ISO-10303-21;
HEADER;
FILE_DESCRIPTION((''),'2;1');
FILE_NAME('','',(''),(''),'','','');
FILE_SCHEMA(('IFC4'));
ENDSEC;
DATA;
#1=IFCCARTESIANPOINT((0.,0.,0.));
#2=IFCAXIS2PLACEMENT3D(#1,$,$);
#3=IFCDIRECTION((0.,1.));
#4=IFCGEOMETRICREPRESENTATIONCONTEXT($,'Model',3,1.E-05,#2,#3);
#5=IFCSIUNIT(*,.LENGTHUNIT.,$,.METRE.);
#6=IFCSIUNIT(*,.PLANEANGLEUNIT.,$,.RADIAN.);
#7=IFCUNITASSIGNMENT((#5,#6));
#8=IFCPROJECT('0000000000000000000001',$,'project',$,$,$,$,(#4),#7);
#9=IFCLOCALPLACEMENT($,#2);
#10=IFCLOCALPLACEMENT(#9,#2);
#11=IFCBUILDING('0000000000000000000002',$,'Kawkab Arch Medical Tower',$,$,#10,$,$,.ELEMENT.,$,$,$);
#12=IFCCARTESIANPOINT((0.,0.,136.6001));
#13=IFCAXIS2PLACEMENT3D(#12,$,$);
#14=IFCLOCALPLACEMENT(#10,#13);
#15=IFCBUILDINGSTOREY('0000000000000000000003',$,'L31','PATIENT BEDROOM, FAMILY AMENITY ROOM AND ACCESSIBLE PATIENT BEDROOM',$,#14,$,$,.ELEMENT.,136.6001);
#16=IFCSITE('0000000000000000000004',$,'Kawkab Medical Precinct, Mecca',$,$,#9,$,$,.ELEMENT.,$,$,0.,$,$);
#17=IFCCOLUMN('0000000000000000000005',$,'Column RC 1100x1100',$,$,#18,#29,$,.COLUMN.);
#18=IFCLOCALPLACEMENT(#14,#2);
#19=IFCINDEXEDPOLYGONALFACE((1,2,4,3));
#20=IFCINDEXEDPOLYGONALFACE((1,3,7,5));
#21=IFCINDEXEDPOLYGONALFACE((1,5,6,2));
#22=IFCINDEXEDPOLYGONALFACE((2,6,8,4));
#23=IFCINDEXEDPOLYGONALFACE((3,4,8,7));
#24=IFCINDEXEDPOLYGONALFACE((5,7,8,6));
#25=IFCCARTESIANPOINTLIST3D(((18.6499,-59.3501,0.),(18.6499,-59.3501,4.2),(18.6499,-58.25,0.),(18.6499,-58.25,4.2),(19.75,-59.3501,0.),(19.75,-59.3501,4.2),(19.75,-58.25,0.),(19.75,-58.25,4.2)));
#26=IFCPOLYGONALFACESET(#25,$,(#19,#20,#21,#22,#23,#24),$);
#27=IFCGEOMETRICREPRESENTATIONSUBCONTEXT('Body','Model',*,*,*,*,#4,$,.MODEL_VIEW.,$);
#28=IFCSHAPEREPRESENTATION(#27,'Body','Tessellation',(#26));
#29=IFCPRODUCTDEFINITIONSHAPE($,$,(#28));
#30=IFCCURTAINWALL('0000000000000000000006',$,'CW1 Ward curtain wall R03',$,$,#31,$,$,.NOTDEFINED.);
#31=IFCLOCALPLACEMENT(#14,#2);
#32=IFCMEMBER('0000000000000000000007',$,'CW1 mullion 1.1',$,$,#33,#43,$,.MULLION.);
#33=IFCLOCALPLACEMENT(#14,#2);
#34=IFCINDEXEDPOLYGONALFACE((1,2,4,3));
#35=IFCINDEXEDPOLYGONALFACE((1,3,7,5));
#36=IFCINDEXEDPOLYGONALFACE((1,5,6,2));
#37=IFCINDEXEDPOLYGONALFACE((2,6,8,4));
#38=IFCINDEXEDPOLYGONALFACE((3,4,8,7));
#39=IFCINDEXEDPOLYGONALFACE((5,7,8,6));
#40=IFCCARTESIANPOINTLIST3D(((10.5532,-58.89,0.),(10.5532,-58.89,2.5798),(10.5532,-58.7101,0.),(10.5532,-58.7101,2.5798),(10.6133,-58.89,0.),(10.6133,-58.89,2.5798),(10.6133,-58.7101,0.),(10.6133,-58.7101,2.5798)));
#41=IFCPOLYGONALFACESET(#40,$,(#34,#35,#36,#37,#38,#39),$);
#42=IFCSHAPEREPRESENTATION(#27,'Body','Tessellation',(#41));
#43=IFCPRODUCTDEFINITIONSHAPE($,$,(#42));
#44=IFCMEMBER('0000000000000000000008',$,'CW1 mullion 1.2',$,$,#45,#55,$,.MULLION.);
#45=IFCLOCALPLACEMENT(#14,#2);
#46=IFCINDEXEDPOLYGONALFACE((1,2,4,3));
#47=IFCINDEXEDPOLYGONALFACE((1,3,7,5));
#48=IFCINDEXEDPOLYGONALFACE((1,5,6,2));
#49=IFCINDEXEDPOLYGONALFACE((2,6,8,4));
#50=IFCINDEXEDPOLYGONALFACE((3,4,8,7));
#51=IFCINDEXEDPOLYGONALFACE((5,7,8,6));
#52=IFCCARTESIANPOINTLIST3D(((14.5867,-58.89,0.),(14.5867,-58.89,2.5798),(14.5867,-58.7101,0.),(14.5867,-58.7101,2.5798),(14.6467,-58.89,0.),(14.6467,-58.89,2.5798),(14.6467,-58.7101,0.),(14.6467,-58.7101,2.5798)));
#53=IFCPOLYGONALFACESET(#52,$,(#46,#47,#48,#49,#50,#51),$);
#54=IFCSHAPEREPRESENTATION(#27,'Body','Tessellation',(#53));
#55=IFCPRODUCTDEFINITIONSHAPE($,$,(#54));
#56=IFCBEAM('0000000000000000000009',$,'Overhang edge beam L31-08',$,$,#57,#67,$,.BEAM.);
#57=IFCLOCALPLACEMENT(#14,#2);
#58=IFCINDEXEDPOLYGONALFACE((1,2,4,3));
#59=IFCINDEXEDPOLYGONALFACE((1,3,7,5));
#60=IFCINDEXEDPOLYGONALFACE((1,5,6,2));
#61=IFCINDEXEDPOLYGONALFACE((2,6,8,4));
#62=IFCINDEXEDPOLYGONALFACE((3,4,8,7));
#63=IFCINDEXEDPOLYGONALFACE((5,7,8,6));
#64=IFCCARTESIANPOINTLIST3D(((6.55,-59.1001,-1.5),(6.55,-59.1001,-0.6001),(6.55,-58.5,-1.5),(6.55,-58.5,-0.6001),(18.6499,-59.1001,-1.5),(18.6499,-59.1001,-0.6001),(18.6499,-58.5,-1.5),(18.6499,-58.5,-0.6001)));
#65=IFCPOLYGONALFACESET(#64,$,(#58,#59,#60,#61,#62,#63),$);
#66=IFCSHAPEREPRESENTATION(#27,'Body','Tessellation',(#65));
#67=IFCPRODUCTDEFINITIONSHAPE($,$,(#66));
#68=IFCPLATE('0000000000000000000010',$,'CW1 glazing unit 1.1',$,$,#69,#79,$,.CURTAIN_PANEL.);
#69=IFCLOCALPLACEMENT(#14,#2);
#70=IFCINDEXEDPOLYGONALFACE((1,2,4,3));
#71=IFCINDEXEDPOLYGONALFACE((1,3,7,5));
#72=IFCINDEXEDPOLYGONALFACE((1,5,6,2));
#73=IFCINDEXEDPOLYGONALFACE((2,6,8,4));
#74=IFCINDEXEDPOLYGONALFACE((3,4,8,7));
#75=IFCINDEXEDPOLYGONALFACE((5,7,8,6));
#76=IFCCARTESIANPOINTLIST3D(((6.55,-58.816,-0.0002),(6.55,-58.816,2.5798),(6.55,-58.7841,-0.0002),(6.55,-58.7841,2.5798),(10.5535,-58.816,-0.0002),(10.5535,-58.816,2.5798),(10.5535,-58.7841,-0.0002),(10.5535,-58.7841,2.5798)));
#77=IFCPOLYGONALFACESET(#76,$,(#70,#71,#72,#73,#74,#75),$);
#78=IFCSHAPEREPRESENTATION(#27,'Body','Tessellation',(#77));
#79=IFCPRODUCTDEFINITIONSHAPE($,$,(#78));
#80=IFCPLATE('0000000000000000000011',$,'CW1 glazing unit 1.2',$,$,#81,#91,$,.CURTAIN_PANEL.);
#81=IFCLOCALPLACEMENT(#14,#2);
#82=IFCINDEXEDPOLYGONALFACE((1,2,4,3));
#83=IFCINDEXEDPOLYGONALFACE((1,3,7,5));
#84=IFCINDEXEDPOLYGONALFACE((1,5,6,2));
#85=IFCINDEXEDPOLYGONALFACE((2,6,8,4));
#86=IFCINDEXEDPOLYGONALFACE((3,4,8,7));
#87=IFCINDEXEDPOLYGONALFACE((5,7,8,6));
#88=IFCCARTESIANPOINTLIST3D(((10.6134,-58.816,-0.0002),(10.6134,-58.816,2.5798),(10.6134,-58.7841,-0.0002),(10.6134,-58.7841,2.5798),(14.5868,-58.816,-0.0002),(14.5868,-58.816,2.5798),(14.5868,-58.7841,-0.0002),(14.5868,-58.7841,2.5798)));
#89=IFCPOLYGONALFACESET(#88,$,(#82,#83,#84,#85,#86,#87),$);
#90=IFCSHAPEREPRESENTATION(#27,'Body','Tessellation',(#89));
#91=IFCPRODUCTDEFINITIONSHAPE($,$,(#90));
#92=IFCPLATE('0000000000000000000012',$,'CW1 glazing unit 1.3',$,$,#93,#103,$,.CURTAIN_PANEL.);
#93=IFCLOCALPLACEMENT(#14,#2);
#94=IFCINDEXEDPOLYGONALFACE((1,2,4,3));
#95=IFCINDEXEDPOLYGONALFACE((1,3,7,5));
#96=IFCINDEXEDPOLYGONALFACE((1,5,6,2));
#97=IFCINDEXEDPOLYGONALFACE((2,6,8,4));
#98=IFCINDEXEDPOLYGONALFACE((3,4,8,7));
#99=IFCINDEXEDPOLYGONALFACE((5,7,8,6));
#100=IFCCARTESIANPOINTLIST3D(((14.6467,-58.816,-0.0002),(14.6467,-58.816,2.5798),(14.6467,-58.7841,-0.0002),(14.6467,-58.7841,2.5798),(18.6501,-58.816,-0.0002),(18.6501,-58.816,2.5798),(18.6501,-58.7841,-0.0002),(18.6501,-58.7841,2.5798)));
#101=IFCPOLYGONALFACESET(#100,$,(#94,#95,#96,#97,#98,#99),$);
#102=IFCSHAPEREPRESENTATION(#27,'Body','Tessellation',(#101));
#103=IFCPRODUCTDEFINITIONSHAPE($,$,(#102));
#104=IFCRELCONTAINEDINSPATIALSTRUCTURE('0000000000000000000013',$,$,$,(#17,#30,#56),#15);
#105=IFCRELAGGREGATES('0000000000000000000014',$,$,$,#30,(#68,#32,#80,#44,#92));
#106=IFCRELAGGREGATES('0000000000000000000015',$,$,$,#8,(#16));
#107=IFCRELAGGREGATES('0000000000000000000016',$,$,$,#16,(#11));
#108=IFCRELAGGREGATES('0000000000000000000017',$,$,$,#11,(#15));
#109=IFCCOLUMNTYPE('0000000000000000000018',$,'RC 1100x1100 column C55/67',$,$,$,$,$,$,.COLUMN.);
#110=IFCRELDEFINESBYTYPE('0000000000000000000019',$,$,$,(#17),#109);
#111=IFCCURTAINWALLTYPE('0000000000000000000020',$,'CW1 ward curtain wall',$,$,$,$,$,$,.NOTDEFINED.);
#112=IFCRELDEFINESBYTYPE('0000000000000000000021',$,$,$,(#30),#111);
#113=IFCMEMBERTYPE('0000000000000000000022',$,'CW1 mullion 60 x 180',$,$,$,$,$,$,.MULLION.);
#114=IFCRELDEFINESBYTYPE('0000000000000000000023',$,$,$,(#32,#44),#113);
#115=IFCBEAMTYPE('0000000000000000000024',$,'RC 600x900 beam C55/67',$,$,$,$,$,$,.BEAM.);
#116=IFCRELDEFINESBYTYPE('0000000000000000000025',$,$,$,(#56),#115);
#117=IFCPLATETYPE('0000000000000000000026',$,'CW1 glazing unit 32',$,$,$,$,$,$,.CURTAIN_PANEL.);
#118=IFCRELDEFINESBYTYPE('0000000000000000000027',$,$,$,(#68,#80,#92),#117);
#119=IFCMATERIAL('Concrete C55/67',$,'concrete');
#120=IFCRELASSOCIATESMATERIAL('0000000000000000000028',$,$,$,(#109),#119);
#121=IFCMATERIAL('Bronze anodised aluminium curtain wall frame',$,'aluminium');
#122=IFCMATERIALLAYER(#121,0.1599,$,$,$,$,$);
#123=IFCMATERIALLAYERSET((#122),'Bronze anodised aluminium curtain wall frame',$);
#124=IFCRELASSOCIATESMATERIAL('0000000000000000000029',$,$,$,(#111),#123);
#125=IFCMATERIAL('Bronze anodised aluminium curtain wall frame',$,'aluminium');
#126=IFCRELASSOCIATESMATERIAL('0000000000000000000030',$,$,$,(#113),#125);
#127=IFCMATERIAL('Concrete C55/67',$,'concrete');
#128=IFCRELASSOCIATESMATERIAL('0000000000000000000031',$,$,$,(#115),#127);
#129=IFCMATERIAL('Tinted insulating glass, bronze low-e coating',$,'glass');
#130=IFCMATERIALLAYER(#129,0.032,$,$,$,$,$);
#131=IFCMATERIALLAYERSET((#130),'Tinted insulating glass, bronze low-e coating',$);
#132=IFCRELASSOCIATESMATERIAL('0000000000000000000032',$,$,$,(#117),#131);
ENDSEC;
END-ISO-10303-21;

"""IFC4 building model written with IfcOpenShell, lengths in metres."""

from ifc_helpers import new_model, si_unit, direction, frame, origin, origin_2d, place, context, subcontext, project, spatial, rectangle, extrude, material, layer, layer_set, material_profile, profile_set, type_object, element, aggregate, save


model = new_model("IFC4")

# Units and contexts
model_context = context("Model", 3, precision=1e-05, world=origin(), true_north=direction((0.0, 1.0)))
body_context = subcontext(model_context, "Body", "Model", "MODEL_VIEW")
ifc_project = project(units=[si_unit("LENGTHUNIT", "METRE"), si_unit("PLANEANGLEUNIT", "RADIAN")], contexts=[model_context])

# Site, building, storey
site_placement = place(None, origin())
site = spatial("IfcSite", under=ifc_project, at=site_placement, Name="Kawkab Medical Precinct, Mecca", CompositionType="ELEMENT", RefElevation=0.0)
building_placement = place(site_placement, origin())
building = spatial("IfcBuilding", under=site, at=building_placement, Name="Kawkab Arch Medical Tower", CompositionType="ELEMENT")
storey_placement = place(building_placement, frame((0.0, 0.0, 136.6001)))
storey = spatial("IfcBuildingStorey", under=building, at=storey_placement, Name="L31", Description="PATIENT BEDROOM, FAMILY AMENITY ROOM AND ACCESSIBLE PATIENT BEDROOM", CompositionType="ELEMENT", Elevation=136.6001)

# Column
ifc_material_1 = material(Name="Concrete C55/67", Category="concrete")
ifc_material_profile_1 = material_profile(ifc_material_1, rectangle(XDim=1.1001, YDim=1.1001, at=origin_2d()), Name="RC 1100x1100")
ifc_profile_set_1 = profile_set([ifc_material_profile_1], Name="Concrete C55/67")
column_type = type_object("IfcColumnType", Name="RC 1100x1100 column C55/67", PredefinedType="COLUMN", material=ifc_profile_set_1)
column_placement = place(storey_placement, frame((19.2, -58.8, 0.0), z_axis=(0.0, 0.0, 1.0), x_axis=(1.0, 0.0, 0.0)))
element("IfcColumn", 1, at=column_placement, inside=storey, type_object=column_type, Name="Column RC 1100x1100", PredefinedType="COLUMN", context=body_context, shape_type="SweptSolid", body=[
    extrude(rectangle(XDim=1.1001, YDim=1.1001, at=origin_2d()), origin(), (0.0, 0.0, 1.0), 4.2),
])

# Curtain wall, members
ifc_material_2 = material(Name="Bronze anodised aluminium curtain wall frame", Category="aluminium")
ifc_layer_1 = layer(ifc_material_2, 0.1599)
ifc_layer_set_1 = layer_set([ifc_layer_1], Name="Bronze anodised aluminium curtain wall frame")
curtain_wall_type = type_object("IfcCurtainWallType", Name="CW1 ward curtain wall", PredefinedType="NOTDEFINED", material=ifc_layer_set_1)
curtain_wall_placement = place(storey_placement, origin())
curtain_wall = element("IfcCurtainWall", 2, at=curtain_wall_placement, inside=storey, type_object=curtain_wall_type, Name="CW1 Ward curtain wall R03", PredefinedType="NOTDEFINED")
ifc_material_3 = material(Name="Bronze anodised aluminium curtain wall frame", Category="aluminium")
ifc_material_profile_2 = material_profile(ifc_material_3, rectangle(XDim=0.1799, YDim=0.0601, at=origin_2d()), Name="AL 60x180")
ifc_profile_set_2 = profile_set([ifc_material_profile_2], Name="Bronze anodised aluminium curtain wall frame")
member_type = type_object("IfcMemberType", Name="CW1 mullion 60 x 180", PredefinedType="MULLION", material=ifc_profile_set_2)
member_1_placement = place(storey_placement, frame((10.5833, -58.8, 0.0), z_axis=(0.0, 0.0, 1.0), x_axis=(0.0, 1.0, 0.0)))
member_1 = element("IfcMember", 3, at=member_1_placement, type_object=member_type, Name="CW1 mullion 1.1", PredefinedType="MULLION", context=body_context, shape_type="SweptSolid", body=[
    extrude(rectangle(XDim=0.1799, YDim=0.0601, at=origin_2d()), origin(), (0.0, 0.0, 1.0), 2.5798),
])
member_2_placement = place(storey_placement, frame((14.6167, -58.8, 0.0), z_axis=(0.0, 0.0, 1.0), x_axis=(0.0, 1.0, 0.0)))
member_2 = element("IfcMember", 4, at=member_2_placement, type_object=member_type, Name="CW1 mullion 1.2", PredefinedType="MULLION", context=body_context, shape_type="SweptSolid", body=[
    extrude(rectangle(XDim=0.1799, YDim=0.0601, at=origin_2d()), origin(), (0.0, 0.0, 1.0), 2.5798),
])

# Beam
ifc_material_4 = material(Name="Concrete C55/67", Category="concrete")
ifc_material_profile_3 = material_profile(ifc_material_4, rectangle(XDim=0.6001, YDim=0.8999, at=origin_2d()), Name="RC 600x900")
ifc_profile_set_3 = profile_set([ifc_material_profile_3], Name="Concrete C55/67")
beam_type = type_object("IfcBeamType", Name="RC 600x900 beam C55/67", PredefinedType="BEAM", material=ifc_profile_set_3)
beam_placement = place(storey_placement, frame((18.6499, -58.8, -1.05), z_axis=(-1.0, 0.0, 0.0), x_axis=(0.0, -1.0, 0.0)))
element("IfcBeam", 5, at=beam_placement, inside=storey, type_object=beam_type, Name="Overhang edge beam L31-08", PredefinedType="BEAM", context=body_context, shape_type="SweptSolid", body=[
    extrude(rectangle(XDim=0.6001, YDim=0.8999, at=origin_2d()), origin(), (0.0, 0.0, 1.0), 12.0999),
])

# Plates
ifc_material_5 = material(Name="Tinted insulating glass, bronze low-e coating", Category="glass")
ifc_layer_2 = layer(ifc_material_5, 0.032)
ifc_layer_set_2 = layer_set([ifc_layer_2], Name="Tinted insulating glass, bronze low-e coating")
plate_type = type_object("IfcPlateType", Name="CW1 glazing unit 32", PredefinedType="CURTAIN_PANEL", material=ifc_layer_set_2)
plate_1_placement = place(storey_placement, frame((8.5518, -58.8, -0.0002), z_axis=(0.0, 0.0, 1.0), x_axis=(1.0, 0.0, 0.0)))
plate_1 = element("IfcPlate", 6, at=plate_1_placement, type_object=plate_type, Name="CW1 glazing unit 1.1", PredefinedType="CURTAIN_PANEL", context=body_context, shape_type="SweptSolid", body=[
    extrude(rectangle(XDim=4.0034, YDim=0.032, at=origin_2d()), origin(), (0.0, 0.0, 1.0), 2.5801),
])
plate_2_placement = place(storey_placement, frame((12.6001, -58.8, -0.0002), z_axis=(0.0, 0.0, 1.0), x_axis=(1.0, 0.0, 0.0)))
plate_2 = element("IfcPlate", 7, at=plate_2_placement, type_object=plate_type, Name="CW1 glazing unit 1.2", PredefinedType="CURTAIN_PANEL", context=body_context, shape_type="SweptSolid", body=[
    extrude(rectangle(XDim=3.9734, YDim=0.032, at=origin_2d()), origin(), (0.0, 0.0, 1.0), 2.5801),
])
plate_3_placement = place(storey_placement, frame((16.6484, -58.8, -0.0002), z_axis=(0.0, 0.0, 1.0), x_axis=(1.0, 0.0, 0.0)))
plate_3 = element("IfcPlate", 8, at=plate_3_placement, type_object=plate_type, Name="CW1 glazing unit 1.3", PredefinedType="CURTAIN_PANEL", context=body_context, shape_type="SweptSolid", body=[
    extrude(rectangle(XDim=4.0034, YDim=0.032, at=origin_2d()), origin(), (0.0, 0.0, 1.0), 2.5801),
])
aggregate(curtain_wall, [plate_1, member_1, plate_2, member_2, plate_3])

save(model, "model.ifc")
